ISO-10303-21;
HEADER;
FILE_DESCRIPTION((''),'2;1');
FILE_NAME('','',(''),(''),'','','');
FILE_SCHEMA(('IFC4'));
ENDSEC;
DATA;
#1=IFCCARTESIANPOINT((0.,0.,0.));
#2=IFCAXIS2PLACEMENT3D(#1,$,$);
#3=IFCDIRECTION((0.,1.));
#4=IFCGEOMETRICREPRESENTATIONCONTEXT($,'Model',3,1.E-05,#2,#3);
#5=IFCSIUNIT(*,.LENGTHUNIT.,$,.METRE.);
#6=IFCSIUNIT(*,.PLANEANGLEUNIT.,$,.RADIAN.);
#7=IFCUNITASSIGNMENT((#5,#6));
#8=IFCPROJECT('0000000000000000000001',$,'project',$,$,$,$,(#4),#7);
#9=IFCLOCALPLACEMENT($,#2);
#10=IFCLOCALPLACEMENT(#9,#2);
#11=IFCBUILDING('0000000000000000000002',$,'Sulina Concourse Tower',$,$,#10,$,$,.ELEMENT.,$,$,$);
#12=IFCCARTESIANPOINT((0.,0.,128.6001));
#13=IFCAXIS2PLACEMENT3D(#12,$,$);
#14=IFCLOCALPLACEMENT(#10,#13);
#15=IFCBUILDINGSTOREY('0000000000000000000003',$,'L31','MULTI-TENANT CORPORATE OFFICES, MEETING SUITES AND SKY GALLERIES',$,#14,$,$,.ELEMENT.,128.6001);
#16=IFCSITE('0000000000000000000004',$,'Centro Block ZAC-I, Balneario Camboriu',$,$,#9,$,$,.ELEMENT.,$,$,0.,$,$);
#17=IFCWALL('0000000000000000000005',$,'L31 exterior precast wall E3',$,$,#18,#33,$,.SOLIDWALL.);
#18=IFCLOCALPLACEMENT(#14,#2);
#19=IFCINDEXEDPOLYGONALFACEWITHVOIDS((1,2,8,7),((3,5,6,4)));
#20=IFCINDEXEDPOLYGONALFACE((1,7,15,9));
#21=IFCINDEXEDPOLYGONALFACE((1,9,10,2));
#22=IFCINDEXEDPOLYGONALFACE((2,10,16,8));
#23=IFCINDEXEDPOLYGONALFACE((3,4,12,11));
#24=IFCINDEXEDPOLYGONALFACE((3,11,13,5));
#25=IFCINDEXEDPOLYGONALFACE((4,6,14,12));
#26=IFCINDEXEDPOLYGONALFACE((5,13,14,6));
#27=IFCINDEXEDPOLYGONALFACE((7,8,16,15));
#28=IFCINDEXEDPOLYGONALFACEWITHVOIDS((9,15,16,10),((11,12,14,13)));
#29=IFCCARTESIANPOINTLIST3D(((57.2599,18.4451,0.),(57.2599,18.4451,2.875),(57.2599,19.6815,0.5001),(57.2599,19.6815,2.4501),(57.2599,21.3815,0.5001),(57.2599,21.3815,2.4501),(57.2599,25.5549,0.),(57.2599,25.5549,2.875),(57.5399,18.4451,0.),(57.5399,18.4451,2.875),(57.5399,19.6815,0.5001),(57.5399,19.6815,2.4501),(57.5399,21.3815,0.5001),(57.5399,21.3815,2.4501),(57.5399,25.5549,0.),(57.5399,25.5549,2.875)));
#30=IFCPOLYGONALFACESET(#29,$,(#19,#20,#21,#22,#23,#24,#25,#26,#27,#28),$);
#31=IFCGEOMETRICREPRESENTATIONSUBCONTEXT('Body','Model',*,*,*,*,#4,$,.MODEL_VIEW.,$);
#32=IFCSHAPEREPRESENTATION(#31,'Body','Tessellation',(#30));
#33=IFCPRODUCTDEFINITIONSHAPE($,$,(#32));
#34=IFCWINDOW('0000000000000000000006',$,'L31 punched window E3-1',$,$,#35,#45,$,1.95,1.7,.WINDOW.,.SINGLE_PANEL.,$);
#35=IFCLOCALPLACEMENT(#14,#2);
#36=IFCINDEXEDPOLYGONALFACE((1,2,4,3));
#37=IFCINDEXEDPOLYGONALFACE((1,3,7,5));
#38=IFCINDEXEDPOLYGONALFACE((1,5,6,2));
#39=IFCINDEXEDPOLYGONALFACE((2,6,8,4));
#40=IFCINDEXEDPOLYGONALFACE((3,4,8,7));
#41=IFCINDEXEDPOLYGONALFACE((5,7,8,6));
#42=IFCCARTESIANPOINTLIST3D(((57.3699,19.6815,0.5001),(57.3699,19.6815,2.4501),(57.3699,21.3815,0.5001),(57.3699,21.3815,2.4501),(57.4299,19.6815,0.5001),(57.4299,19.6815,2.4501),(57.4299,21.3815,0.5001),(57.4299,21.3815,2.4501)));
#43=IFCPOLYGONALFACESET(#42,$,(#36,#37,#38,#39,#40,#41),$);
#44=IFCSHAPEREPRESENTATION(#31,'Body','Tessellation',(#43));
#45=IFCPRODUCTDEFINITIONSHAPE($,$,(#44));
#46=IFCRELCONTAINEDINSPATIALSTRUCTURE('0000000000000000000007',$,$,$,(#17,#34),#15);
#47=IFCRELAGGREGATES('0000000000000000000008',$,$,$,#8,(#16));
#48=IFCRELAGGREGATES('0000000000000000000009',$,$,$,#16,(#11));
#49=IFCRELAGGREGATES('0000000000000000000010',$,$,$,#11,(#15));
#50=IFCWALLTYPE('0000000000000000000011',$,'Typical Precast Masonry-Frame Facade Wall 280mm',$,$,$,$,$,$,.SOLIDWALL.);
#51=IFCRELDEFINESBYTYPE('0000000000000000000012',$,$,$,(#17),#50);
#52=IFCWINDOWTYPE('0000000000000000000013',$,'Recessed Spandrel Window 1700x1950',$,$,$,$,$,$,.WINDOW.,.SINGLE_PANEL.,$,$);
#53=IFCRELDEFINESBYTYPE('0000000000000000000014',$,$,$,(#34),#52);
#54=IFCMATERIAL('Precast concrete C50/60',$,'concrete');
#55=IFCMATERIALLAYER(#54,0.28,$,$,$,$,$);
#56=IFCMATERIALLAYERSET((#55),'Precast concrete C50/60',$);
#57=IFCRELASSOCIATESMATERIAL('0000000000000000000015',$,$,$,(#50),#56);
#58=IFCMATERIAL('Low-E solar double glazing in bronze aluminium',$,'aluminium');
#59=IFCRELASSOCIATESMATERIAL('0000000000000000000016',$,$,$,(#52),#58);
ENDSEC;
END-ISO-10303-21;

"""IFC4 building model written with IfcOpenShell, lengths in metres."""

from ifc_helpers import new_model, si_unit, direction, frame, frame_2d, origin, place, context, subcontext, project, spatial, rectangle, extrude, material, layer, layer_set, type_object, element, fill, save


model = new_model("IFC4")

# Units and contexts
model_context = context("Model", 3, precision=1e-05, world=origin(), true_north=direction((0.0, 1.0)))
body_context = subcontext(model_context, "Body", "Model", "MODEL_VIEW")
ifc_project = project(units=[si_unit("LENGTHUNIT", "METRE"), si_unit("PLANEANGLEUNIT", "RADIAN")], contexts=[model_context])

# Site, building, storey
site_placement = place(None, origin())
site = spatial("IfcSite", under=ifc_project, at=site_placement, Name="Centro Block ZAC-I, Balneario Camboriu", CompositionType="ELEMENT", RefElevation=0.0)
building_placement = place(site_placement, origin())
building = spatial("IfcBuilding", under=site, at=building_placement, Name="Sulina Concourse Tower", CompositionType="ELEMENT")
storey_placement = place(building_placement, frame((0.0, 0.0, 128.6001)))
storey = spatial("IfcBuildingStorey", under=building, at=storey_placement, Name="L31", Description="MULTI-TENANT CORPORATE OFFICES, MEETING SUITES AND SKY GALLERIES", CompositionType="ELEMENT", Elevation=128.6001)

# Shared definitions
ifc_material_1 = material(Name="Precast concrete C50/60", Category="concrete")
ifc_layer_1 = layer(ifc_material_1, 0.28)
ifc_layer_set_1 = layer_set([ifc_layer_1], Name="Precast concrete C50/60")
wall_type_1 = type_object("IfcWallType", Name="Typical Precast Masonry-Frame Facade Wall 280mm", PredefinedType="SOLIDWALL", material=ifc_layer_set_1)
ifc_material_2 = material(Name="Low-E solar double glazing in bronze aluminium", Category="aluminium")
window_type = type_object("IfcWindowType", Name="Recessed Spandrel Window 1700x1950", PartitioningType="SINGLE_PANEL", PredefinedType="WINDOW", material=ifc_material_2)

# Wall, opening, window
wall_1_placement = place(storey_placement, frame((57.3999, 25.5549, 0.0), z_axis=(0.0, 0.0, 1.0), x_axis=(0.0, -1.0, 0.0)))
wall_1 = element("IfcWall", 1, at=wall_1_placement, inside=storey, type_object=wall_type_1, Name="L31 exterior precast wall E3", PredefinedType="SOLIDWALL", context=body_context, shape_type="SweptSolid", body=[
    extrude(rectangle(XDim=7.1099, YDim=0.28, at=frame_2d((3.5549, 0.0))), origin(), (0.0, 0.0, 1.0), 2.875),
])
opening_1_placement = place(wall_1_placement, frame((4.1733, 0.0, 0.5)))
opening_1 = element("IfcOpeningElement", 2, at=opening_1_placement, cuts=wall_1, PredefinedType="OPENING", context=body_context, shape_type="SweptSolid", body=[
    extrude(rectangle(XDim=1.7, YDim=1.95, at=frame_2d((0.8501, 0.9751))), frame((0.0, 0.1499, 0.0), z_axis=(0.0, -1.0, 0.0), x_axis=(1.0, 0.0, 0.0)), (0.0, 0.0, 1.0), 0.3),
])
window_1_placement = place(opening_1_placement, origin())
window_1 = element("IfcWindow", 3, at=window_1_placement, inside=storey, type_object=window_type, Name="L31 punched window E3-1", OverallHeight=1.95, OverallWidth=1.7, PartitioningType="SINGLE_PANEL", PredefinedType="WINDOW", context=body_context, shape_type="SweptSolid", body=[
    extrude(rectangle(XDim=1.7, YDim=1.95, at=frame_2d((0.8501, 0.9751))), frame((0.0, 0.03, 0.0), z_axis=(0.0, -1.0, 0.0), x_axis=(1.0, 0.0, 0.0)), (0.0, 0.0, 1.0), 0.0601),
])
fill(opening_1, window_1)

save(model, "model.ifc")
